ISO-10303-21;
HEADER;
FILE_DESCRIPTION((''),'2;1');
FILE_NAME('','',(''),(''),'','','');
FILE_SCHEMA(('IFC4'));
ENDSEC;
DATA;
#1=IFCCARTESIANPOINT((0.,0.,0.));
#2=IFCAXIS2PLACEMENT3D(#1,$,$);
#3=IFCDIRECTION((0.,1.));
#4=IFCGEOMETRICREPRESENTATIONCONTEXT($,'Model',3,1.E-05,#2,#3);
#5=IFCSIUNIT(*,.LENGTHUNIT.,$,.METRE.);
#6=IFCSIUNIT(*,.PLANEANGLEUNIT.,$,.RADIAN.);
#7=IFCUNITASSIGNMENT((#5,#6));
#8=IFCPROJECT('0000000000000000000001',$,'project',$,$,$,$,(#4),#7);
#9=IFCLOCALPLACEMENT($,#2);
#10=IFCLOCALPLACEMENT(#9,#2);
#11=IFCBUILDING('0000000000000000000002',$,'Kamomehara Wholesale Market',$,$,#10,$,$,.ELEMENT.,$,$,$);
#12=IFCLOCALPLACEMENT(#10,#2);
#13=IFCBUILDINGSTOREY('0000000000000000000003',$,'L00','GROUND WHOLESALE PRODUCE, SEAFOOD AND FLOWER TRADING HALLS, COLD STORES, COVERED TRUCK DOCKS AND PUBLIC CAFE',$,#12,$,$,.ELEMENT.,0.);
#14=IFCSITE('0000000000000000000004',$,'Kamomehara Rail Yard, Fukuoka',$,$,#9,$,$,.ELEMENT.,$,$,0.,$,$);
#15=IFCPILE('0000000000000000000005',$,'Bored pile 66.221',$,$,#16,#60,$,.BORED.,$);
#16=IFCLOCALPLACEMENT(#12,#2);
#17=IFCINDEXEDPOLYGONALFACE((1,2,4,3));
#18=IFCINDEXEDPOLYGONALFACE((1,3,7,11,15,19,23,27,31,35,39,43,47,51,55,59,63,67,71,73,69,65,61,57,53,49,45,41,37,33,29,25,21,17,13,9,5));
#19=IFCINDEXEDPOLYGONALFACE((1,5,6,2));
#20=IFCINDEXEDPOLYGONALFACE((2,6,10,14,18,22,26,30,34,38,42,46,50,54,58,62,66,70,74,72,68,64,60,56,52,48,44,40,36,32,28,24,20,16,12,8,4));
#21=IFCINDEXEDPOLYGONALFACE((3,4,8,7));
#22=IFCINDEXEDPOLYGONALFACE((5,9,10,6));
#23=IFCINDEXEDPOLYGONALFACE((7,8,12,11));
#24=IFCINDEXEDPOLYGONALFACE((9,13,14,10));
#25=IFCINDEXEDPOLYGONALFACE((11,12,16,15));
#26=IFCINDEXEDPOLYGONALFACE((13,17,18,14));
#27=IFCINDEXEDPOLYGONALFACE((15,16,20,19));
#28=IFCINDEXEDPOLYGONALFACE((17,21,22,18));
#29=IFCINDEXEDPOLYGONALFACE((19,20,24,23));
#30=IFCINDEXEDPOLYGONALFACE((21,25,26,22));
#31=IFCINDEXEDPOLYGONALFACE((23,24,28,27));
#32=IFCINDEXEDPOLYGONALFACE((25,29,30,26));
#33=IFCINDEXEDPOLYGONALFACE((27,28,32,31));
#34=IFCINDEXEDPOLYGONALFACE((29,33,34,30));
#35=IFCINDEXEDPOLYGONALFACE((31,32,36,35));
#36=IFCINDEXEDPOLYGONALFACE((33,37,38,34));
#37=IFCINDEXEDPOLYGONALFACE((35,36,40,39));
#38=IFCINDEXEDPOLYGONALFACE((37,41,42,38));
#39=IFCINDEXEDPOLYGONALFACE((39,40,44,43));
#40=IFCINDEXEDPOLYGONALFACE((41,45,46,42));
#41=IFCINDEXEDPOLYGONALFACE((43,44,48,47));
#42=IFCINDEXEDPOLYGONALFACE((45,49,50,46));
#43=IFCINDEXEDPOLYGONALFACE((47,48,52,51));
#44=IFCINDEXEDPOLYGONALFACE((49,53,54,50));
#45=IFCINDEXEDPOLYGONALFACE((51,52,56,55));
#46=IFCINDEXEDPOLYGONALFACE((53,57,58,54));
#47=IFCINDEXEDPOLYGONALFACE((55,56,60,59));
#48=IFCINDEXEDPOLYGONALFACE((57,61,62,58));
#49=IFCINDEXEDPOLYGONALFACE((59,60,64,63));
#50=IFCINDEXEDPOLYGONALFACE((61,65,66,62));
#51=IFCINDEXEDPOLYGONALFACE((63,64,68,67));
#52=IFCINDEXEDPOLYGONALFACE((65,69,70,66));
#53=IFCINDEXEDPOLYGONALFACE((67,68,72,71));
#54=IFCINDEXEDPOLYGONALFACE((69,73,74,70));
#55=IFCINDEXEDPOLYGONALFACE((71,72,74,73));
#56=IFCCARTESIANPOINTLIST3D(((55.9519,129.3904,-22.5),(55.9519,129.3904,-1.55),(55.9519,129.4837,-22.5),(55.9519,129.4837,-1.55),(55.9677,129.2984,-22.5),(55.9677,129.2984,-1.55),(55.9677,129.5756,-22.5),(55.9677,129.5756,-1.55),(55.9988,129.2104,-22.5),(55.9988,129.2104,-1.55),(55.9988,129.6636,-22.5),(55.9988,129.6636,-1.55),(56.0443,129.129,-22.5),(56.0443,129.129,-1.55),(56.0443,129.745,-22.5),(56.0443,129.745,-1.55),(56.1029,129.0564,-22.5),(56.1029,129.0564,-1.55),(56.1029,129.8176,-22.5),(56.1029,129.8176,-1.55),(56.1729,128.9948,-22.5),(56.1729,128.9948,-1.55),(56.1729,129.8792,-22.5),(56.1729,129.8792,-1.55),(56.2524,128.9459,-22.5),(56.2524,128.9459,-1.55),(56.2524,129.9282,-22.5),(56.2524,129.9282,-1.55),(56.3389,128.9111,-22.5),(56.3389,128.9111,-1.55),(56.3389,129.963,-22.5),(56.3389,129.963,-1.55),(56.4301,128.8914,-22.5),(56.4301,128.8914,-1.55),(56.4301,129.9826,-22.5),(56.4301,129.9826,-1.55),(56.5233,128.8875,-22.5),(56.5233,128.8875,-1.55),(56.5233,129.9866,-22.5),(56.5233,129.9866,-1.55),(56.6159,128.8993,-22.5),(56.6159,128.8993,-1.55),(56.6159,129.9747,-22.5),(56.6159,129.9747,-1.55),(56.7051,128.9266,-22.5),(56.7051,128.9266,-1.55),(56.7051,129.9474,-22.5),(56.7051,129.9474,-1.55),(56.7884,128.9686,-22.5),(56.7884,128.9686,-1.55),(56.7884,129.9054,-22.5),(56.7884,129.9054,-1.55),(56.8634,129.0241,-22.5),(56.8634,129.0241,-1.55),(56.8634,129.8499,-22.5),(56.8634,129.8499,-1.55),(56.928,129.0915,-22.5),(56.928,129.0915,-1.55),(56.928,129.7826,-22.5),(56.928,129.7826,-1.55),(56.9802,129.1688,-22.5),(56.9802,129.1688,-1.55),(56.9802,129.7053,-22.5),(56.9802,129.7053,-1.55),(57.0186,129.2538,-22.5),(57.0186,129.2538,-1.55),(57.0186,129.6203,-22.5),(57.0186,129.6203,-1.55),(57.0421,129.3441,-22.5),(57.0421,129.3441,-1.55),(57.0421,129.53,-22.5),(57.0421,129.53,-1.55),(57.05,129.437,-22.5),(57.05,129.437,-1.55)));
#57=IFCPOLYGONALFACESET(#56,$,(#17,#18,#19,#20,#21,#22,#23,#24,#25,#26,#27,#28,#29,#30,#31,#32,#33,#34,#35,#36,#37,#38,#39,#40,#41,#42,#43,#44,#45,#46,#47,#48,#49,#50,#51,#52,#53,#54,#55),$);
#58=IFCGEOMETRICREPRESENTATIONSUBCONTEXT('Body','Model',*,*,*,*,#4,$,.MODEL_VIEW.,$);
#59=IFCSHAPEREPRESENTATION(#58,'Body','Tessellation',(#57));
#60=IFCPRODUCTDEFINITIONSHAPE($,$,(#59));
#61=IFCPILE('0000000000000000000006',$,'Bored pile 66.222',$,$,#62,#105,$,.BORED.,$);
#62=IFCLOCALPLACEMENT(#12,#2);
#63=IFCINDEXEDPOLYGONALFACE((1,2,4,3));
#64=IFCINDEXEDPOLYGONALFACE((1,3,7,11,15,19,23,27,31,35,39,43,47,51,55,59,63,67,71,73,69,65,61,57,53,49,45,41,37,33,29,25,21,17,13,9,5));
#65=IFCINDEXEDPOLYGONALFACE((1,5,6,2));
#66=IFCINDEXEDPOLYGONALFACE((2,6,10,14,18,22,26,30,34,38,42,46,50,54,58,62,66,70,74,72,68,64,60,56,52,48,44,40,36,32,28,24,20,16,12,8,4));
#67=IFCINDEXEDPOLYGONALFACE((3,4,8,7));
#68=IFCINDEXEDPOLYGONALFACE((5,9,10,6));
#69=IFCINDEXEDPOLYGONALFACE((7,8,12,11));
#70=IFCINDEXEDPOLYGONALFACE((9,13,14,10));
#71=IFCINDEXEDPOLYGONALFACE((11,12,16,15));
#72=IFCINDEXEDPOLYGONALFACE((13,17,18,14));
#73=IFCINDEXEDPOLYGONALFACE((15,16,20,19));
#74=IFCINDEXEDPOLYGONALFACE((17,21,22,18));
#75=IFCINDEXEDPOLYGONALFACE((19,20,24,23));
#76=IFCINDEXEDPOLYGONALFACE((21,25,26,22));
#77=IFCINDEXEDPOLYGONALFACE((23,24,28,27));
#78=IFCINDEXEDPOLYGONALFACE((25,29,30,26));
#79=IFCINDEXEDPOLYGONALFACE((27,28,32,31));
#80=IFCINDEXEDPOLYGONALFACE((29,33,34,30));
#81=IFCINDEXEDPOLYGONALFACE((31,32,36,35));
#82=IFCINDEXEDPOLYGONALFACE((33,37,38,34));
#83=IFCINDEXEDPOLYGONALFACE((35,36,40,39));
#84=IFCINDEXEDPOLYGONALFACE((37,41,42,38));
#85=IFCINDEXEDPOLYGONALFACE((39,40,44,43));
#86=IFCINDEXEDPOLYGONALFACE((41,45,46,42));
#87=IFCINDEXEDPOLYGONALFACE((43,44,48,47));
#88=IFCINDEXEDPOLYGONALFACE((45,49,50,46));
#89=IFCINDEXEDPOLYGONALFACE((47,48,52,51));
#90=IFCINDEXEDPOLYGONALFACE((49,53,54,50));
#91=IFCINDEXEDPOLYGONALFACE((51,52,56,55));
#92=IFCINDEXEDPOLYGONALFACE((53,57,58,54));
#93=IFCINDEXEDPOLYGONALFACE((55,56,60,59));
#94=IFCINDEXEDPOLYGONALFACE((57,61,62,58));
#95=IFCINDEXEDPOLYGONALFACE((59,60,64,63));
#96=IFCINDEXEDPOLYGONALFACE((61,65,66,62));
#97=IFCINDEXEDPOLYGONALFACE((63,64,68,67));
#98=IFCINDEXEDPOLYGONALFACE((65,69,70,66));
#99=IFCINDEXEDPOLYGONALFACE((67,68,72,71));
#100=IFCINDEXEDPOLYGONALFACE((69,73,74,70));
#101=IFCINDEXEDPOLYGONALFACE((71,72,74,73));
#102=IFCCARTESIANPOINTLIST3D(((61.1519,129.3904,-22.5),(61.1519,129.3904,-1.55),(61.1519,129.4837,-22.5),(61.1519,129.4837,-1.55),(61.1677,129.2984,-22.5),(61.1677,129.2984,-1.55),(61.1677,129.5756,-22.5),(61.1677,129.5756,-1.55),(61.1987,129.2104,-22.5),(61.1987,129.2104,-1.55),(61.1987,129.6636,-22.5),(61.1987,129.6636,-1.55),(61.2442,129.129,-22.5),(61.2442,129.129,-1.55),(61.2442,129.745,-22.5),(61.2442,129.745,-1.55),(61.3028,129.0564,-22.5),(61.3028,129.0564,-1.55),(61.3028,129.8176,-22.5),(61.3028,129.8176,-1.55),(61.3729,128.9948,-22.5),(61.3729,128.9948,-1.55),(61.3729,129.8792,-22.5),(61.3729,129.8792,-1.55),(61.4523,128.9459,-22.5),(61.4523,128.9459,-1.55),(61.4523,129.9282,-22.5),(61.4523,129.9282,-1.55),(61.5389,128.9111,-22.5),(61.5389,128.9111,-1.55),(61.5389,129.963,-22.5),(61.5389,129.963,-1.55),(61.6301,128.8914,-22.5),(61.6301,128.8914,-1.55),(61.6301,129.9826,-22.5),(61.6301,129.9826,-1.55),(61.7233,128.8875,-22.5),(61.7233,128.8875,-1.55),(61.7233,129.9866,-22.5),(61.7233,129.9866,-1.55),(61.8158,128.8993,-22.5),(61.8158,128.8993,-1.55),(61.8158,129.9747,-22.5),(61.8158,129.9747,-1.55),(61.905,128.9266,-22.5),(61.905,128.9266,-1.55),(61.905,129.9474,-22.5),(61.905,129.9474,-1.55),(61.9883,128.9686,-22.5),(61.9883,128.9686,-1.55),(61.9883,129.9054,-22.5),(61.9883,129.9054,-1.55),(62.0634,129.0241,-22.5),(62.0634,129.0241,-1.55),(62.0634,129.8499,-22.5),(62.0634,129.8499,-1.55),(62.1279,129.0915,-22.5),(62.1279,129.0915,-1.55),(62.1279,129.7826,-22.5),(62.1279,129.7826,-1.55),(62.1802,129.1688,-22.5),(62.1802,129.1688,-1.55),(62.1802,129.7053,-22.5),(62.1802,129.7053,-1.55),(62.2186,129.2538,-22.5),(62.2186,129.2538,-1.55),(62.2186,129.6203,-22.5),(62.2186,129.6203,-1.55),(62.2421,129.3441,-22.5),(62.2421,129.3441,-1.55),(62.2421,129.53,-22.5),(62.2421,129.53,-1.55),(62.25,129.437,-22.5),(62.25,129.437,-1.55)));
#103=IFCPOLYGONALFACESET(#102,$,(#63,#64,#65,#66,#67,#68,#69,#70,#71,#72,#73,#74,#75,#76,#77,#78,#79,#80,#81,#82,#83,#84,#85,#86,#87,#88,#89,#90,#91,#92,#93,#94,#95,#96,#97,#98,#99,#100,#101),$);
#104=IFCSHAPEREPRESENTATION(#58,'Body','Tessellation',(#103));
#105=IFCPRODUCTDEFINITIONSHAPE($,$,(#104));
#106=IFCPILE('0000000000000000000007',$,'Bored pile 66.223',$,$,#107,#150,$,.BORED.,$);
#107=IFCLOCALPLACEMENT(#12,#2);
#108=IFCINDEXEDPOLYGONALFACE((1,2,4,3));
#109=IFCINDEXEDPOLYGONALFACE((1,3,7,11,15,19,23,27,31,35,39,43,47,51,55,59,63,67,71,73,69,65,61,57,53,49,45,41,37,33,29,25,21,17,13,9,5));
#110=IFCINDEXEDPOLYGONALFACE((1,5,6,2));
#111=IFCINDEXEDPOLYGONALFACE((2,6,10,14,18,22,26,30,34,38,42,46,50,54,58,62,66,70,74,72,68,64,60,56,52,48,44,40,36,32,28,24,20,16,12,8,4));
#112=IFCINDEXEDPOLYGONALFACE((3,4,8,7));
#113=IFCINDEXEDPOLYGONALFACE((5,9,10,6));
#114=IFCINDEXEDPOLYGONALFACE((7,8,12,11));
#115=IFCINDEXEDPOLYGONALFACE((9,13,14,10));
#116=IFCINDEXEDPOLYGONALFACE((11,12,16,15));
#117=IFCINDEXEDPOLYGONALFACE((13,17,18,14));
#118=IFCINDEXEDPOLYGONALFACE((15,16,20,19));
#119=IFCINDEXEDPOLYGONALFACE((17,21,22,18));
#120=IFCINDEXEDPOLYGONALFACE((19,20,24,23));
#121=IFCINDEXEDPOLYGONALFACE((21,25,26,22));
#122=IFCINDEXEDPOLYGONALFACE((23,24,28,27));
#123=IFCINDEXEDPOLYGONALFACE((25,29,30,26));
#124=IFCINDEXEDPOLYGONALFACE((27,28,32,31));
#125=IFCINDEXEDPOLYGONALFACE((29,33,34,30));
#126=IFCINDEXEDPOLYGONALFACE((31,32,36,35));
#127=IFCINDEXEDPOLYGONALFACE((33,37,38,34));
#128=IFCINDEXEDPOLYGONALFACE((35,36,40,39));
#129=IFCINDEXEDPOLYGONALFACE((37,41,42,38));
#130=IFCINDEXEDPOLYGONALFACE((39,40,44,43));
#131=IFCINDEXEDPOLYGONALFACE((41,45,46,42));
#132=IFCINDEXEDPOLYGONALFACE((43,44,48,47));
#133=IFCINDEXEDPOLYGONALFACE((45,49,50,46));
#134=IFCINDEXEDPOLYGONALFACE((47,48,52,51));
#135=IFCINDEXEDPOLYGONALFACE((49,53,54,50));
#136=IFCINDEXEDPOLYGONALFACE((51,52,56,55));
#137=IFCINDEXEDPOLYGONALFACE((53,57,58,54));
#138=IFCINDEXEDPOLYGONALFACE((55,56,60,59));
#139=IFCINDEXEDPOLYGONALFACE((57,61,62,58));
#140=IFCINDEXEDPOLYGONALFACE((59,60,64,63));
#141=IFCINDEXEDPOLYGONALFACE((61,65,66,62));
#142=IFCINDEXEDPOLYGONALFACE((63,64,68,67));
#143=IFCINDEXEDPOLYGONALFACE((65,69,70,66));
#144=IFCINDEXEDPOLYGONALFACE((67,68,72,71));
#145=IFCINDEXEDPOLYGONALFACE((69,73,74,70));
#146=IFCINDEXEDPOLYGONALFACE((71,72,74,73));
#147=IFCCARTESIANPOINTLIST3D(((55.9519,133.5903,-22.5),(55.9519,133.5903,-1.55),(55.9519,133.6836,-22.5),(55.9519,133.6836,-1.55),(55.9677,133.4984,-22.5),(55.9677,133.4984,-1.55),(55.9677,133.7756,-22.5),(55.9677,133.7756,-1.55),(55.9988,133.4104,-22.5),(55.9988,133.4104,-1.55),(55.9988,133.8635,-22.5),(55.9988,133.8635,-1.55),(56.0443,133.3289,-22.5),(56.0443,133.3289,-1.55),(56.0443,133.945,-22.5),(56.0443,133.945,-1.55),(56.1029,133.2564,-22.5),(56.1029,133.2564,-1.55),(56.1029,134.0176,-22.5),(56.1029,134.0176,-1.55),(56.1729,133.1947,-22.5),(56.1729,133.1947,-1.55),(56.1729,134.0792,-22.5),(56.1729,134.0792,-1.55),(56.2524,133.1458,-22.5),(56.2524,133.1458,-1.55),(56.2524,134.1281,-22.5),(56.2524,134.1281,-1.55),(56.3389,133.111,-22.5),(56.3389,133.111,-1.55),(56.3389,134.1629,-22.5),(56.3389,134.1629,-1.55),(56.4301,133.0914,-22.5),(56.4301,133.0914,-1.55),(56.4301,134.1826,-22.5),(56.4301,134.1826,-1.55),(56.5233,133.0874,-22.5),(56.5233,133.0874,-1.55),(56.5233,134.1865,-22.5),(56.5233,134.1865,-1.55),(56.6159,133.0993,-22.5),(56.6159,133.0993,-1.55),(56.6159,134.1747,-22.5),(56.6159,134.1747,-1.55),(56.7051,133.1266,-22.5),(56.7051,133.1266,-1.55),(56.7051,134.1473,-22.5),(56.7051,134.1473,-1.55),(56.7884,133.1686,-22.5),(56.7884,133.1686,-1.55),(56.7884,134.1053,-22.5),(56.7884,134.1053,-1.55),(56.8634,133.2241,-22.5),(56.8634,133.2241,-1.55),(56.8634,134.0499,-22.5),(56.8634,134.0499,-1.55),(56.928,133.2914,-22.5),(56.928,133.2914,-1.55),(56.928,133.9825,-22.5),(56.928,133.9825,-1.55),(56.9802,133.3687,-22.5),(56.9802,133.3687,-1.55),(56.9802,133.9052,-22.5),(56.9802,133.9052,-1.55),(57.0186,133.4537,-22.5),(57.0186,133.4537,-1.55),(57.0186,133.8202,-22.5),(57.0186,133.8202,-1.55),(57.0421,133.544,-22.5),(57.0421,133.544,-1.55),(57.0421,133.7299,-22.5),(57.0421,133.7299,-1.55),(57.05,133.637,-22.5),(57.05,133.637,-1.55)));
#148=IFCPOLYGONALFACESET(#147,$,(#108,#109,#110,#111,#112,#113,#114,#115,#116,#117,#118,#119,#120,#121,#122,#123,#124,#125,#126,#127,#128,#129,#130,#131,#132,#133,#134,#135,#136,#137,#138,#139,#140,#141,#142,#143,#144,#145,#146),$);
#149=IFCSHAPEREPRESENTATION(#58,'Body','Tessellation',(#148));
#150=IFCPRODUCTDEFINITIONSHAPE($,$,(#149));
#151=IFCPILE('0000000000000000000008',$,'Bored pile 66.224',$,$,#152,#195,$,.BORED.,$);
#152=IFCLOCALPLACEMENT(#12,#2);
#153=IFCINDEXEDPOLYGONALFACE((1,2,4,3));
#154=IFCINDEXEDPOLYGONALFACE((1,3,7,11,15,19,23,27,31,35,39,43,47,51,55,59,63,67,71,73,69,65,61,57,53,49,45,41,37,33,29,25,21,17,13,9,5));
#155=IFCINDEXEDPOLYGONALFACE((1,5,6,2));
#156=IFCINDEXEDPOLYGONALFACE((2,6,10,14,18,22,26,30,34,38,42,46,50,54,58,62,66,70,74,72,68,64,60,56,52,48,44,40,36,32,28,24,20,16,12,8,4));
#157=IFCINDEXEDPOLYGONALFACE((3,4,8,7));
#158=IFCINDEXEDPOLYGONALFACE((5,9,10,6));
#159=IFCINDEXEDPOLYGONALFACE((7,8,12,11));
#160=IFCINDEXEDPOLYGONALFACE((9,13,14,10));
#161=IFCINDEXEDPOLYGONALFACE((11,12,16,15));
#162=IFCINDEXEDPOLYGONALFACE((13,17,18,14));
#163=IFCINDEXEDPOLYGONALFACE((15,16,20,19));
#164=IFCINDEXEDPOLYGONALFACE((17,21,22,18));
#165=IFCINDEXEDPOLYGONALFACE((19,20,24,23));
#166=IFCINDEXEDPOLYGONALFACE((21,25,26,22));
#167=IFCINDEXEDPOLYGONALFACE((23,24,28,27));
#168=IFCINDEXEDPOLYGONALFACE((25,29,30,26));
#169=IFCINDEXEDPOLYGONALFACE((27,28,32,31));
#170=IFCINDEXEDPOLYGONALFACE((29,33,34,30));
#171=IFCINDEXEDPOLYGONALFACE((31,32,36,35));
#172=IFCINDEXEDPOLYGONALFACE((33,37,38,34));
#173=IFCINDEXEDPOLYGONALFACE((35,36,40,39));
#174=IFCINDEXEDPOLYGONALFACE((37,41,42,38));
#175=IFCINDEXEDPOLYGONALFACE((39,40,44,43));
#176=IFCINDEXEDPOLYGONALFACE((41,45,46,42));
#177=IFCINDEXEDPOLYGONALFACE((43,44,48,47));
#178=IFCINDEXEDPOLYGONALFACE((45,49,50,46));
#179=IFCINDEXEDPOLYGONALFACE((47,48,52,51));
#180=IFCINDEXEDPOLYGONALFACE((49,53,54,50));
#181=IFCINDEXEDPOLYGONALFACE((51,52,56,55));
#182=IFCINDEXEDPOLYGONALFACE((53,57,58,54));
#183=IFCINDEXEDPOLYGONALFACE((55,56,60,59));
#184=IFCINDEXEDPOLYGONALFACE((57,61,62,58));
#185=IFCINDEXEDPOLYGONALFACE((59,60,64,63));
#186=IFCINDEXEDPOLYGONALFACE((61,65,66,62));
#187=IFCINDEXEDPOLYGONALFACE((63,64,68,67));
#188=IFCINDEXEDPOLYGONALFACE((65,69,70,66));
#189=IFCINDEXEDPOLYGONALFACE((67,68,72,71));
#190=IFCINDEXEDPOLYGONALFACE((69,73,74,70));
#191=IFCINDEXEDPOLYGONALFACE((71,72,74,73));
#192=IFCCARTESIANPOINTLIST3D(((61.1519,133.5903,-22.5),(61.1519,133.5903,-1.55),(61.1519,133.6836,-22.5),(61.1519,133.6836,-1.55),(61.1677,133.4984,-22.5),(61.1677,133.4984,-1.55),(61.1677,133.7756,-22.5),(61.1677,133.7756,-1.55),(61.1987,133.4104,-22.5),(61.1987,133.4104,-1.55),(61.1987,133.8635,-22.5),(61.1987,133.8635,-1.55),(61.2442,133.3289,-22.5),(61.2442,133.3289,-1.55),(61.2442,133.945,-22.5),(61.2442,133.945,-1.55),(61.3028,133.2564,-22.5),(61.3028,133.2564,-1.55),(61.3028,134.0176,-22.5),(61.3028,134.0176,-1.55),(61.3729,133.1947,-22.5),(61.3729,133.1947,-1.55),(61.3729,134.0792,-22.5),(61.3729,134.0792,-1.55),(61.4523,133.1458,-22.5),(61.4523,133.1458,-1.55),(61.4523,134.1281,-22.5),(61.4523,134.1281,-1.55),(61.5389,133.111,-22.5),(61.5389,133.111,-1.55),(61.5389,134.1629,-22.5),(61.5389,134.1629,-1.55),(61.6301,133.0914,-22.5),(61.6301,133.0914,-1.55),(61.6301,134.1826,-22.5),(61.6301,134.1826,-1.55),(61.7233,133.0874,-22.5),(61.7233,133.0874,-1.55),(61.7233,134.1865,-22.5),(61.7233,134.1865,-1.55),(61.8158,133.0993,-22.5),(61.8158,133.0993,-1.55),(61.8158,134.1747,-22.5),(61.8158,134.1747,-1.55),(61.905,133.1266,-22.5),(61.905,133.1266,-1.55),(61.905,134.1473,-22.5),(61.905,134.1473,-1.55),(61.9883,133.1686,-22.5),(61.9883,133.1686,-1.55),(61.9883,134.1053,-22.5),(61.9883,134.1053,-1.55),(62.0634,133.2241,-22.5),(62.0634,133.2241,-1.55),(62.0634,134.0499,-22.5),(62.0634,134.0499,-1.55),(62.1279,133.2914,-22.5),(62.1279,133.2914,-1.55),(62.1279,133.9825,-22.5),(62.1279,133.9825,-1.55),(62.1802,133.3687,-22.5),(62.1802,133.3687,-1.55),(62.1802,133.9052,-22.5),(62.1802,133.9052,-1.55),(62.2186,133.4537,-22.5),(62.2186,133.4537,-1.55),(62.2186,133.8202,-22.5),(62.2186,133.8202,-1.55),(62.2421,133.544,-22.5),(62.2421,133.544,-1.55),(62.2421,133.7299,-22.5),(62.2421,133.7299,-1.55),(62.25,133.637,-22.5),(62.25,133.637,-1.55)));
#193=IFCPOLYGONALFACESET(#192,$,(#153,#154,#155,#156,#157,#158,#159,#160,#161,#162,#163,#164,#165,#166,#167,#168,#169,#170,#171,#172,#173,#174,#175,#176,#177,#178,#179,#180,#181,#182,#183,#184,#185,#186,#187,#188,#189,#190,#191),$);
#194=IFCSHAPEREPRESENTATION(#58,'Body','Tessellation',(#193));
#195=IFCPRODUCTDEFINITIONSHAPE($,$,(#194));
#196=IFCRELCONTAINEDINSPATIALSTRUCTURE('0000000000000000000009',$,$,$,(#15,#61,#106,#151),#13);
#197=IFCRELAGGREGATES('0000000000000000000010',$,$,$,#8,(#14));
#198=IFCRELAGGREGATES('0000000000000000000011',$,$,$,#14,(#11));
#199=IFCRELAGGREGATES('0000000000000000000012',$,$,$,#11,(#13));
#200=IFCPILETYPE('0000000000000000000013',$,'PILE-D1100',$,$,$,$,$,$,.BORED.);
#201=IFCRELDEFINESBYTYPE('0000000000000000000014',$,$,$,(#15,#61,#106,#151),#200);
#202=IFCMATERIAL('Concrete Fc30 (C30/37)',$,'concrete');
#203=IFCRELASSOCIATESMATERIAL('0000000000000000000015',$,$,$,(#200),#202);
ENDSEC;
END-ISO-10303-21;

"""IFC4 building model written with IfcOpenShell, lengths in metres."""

from ifc_helpers import new_model, si_unit, direction, frame, origin, origin_2d, place, context, subcontext, project, spatial, circle, extrude, material, material_profile, profile_set, type_object, element, save


model = new_model("IFC4")

# Units and contexts
model_context = context("Model", 3, precision=1e-05, world=origin(), true_north=direction((0.0, 1.0)))
body_context = subcontext(model_context, "Body", "Model", "MODEL_VIEW")
ifc_project = project(units=[si_unit("LENGTHUNIT", "METRE"), si_unit("PLANEANGLEUNIT", "RADIAN")], contexts=[model_context])

# Site, building, storey
site_placement = place(None, origin())
site = spatial("IfcSite", under=ifc_project, at=site_placement, Name="Kamomehara Rail Yard, Fukuoka", CompositionType="ELEMENT", RefElevation=0.0)
building_placement = place(site_placement, origin())
building = spatial("IfcBuilding", under=site, at=building_placement, Name="Kamomehara Wholesale Market", CompositionType="ELEMENT")
storey_placement = place(building_placement, origin())
storey = spatial("IfcBuildingStorey", under=building, at=storey_placement, Name="L00", Description="GROUND WHOLESALE PRODUCE, SEAFOOD AND FLOWER TRADING HALLS, COLD STORES, COVERED TRUCK DOCKS AND PUBLIC CAFE", CompositionType="ELEMENT", Elevation=0.0)

# Piles
ifc_material_1 = material(Name="Concrete Fc30 (C30/37)", Category="concrete")
ifc_material_profile_1 = material_profile(ifc_material_1, circle(Radius=0.55, at=origin_2d()), Name="RC-PILE-D1100")
ifc_profile_set_1 = profile_set([ifc_material_profile_1], Name="Concrete Fc30 (C30/37)")
pile_type_1 = type_object("IfcPileType", Name="PILE-D1100", PredefinedType="BORED", material=ifc_profile_set_1)
for number, where, z_axis, x_axis, name in (
    (1, (56.5, 129.437, -1.55), (0.0, 0.0, -1.0), (1.0, 0.0, 0.0), "Bored pile 66.221"),
    (2, (61.7, 129.437, -1.55), (0.0, 0.0, -1.0), (1.0, 0.0, 0.0), "Bored pile 66.222"),
    (3, (56.5, 133.637, -1.55), (0.0, 0.0, -1.0), (1.0, 0.0, 0.0), "Bored pile 66.223"),
    (4, (61.7, 133.637, -1.55), (0.0, 0.0, -1.0), (1.0, 0.0, 0.0), "Bored pile 66.224"),
):
    element("IfcPile", number, at=place(storey_placement, frame(where, z_axis=z_axis, x_axis=x_axis)), inside=storey, type_object=pile_type_1, Name=name, PredefinedType="BORED", context=body_context, shape_type="SweptSolid", body=[
        extrude(circle(Radius=0.55, at=origin_2d()), origin(), (0.0, 0.0, 1.0), 20.95),
    ])

save(model, "model.ifc")
